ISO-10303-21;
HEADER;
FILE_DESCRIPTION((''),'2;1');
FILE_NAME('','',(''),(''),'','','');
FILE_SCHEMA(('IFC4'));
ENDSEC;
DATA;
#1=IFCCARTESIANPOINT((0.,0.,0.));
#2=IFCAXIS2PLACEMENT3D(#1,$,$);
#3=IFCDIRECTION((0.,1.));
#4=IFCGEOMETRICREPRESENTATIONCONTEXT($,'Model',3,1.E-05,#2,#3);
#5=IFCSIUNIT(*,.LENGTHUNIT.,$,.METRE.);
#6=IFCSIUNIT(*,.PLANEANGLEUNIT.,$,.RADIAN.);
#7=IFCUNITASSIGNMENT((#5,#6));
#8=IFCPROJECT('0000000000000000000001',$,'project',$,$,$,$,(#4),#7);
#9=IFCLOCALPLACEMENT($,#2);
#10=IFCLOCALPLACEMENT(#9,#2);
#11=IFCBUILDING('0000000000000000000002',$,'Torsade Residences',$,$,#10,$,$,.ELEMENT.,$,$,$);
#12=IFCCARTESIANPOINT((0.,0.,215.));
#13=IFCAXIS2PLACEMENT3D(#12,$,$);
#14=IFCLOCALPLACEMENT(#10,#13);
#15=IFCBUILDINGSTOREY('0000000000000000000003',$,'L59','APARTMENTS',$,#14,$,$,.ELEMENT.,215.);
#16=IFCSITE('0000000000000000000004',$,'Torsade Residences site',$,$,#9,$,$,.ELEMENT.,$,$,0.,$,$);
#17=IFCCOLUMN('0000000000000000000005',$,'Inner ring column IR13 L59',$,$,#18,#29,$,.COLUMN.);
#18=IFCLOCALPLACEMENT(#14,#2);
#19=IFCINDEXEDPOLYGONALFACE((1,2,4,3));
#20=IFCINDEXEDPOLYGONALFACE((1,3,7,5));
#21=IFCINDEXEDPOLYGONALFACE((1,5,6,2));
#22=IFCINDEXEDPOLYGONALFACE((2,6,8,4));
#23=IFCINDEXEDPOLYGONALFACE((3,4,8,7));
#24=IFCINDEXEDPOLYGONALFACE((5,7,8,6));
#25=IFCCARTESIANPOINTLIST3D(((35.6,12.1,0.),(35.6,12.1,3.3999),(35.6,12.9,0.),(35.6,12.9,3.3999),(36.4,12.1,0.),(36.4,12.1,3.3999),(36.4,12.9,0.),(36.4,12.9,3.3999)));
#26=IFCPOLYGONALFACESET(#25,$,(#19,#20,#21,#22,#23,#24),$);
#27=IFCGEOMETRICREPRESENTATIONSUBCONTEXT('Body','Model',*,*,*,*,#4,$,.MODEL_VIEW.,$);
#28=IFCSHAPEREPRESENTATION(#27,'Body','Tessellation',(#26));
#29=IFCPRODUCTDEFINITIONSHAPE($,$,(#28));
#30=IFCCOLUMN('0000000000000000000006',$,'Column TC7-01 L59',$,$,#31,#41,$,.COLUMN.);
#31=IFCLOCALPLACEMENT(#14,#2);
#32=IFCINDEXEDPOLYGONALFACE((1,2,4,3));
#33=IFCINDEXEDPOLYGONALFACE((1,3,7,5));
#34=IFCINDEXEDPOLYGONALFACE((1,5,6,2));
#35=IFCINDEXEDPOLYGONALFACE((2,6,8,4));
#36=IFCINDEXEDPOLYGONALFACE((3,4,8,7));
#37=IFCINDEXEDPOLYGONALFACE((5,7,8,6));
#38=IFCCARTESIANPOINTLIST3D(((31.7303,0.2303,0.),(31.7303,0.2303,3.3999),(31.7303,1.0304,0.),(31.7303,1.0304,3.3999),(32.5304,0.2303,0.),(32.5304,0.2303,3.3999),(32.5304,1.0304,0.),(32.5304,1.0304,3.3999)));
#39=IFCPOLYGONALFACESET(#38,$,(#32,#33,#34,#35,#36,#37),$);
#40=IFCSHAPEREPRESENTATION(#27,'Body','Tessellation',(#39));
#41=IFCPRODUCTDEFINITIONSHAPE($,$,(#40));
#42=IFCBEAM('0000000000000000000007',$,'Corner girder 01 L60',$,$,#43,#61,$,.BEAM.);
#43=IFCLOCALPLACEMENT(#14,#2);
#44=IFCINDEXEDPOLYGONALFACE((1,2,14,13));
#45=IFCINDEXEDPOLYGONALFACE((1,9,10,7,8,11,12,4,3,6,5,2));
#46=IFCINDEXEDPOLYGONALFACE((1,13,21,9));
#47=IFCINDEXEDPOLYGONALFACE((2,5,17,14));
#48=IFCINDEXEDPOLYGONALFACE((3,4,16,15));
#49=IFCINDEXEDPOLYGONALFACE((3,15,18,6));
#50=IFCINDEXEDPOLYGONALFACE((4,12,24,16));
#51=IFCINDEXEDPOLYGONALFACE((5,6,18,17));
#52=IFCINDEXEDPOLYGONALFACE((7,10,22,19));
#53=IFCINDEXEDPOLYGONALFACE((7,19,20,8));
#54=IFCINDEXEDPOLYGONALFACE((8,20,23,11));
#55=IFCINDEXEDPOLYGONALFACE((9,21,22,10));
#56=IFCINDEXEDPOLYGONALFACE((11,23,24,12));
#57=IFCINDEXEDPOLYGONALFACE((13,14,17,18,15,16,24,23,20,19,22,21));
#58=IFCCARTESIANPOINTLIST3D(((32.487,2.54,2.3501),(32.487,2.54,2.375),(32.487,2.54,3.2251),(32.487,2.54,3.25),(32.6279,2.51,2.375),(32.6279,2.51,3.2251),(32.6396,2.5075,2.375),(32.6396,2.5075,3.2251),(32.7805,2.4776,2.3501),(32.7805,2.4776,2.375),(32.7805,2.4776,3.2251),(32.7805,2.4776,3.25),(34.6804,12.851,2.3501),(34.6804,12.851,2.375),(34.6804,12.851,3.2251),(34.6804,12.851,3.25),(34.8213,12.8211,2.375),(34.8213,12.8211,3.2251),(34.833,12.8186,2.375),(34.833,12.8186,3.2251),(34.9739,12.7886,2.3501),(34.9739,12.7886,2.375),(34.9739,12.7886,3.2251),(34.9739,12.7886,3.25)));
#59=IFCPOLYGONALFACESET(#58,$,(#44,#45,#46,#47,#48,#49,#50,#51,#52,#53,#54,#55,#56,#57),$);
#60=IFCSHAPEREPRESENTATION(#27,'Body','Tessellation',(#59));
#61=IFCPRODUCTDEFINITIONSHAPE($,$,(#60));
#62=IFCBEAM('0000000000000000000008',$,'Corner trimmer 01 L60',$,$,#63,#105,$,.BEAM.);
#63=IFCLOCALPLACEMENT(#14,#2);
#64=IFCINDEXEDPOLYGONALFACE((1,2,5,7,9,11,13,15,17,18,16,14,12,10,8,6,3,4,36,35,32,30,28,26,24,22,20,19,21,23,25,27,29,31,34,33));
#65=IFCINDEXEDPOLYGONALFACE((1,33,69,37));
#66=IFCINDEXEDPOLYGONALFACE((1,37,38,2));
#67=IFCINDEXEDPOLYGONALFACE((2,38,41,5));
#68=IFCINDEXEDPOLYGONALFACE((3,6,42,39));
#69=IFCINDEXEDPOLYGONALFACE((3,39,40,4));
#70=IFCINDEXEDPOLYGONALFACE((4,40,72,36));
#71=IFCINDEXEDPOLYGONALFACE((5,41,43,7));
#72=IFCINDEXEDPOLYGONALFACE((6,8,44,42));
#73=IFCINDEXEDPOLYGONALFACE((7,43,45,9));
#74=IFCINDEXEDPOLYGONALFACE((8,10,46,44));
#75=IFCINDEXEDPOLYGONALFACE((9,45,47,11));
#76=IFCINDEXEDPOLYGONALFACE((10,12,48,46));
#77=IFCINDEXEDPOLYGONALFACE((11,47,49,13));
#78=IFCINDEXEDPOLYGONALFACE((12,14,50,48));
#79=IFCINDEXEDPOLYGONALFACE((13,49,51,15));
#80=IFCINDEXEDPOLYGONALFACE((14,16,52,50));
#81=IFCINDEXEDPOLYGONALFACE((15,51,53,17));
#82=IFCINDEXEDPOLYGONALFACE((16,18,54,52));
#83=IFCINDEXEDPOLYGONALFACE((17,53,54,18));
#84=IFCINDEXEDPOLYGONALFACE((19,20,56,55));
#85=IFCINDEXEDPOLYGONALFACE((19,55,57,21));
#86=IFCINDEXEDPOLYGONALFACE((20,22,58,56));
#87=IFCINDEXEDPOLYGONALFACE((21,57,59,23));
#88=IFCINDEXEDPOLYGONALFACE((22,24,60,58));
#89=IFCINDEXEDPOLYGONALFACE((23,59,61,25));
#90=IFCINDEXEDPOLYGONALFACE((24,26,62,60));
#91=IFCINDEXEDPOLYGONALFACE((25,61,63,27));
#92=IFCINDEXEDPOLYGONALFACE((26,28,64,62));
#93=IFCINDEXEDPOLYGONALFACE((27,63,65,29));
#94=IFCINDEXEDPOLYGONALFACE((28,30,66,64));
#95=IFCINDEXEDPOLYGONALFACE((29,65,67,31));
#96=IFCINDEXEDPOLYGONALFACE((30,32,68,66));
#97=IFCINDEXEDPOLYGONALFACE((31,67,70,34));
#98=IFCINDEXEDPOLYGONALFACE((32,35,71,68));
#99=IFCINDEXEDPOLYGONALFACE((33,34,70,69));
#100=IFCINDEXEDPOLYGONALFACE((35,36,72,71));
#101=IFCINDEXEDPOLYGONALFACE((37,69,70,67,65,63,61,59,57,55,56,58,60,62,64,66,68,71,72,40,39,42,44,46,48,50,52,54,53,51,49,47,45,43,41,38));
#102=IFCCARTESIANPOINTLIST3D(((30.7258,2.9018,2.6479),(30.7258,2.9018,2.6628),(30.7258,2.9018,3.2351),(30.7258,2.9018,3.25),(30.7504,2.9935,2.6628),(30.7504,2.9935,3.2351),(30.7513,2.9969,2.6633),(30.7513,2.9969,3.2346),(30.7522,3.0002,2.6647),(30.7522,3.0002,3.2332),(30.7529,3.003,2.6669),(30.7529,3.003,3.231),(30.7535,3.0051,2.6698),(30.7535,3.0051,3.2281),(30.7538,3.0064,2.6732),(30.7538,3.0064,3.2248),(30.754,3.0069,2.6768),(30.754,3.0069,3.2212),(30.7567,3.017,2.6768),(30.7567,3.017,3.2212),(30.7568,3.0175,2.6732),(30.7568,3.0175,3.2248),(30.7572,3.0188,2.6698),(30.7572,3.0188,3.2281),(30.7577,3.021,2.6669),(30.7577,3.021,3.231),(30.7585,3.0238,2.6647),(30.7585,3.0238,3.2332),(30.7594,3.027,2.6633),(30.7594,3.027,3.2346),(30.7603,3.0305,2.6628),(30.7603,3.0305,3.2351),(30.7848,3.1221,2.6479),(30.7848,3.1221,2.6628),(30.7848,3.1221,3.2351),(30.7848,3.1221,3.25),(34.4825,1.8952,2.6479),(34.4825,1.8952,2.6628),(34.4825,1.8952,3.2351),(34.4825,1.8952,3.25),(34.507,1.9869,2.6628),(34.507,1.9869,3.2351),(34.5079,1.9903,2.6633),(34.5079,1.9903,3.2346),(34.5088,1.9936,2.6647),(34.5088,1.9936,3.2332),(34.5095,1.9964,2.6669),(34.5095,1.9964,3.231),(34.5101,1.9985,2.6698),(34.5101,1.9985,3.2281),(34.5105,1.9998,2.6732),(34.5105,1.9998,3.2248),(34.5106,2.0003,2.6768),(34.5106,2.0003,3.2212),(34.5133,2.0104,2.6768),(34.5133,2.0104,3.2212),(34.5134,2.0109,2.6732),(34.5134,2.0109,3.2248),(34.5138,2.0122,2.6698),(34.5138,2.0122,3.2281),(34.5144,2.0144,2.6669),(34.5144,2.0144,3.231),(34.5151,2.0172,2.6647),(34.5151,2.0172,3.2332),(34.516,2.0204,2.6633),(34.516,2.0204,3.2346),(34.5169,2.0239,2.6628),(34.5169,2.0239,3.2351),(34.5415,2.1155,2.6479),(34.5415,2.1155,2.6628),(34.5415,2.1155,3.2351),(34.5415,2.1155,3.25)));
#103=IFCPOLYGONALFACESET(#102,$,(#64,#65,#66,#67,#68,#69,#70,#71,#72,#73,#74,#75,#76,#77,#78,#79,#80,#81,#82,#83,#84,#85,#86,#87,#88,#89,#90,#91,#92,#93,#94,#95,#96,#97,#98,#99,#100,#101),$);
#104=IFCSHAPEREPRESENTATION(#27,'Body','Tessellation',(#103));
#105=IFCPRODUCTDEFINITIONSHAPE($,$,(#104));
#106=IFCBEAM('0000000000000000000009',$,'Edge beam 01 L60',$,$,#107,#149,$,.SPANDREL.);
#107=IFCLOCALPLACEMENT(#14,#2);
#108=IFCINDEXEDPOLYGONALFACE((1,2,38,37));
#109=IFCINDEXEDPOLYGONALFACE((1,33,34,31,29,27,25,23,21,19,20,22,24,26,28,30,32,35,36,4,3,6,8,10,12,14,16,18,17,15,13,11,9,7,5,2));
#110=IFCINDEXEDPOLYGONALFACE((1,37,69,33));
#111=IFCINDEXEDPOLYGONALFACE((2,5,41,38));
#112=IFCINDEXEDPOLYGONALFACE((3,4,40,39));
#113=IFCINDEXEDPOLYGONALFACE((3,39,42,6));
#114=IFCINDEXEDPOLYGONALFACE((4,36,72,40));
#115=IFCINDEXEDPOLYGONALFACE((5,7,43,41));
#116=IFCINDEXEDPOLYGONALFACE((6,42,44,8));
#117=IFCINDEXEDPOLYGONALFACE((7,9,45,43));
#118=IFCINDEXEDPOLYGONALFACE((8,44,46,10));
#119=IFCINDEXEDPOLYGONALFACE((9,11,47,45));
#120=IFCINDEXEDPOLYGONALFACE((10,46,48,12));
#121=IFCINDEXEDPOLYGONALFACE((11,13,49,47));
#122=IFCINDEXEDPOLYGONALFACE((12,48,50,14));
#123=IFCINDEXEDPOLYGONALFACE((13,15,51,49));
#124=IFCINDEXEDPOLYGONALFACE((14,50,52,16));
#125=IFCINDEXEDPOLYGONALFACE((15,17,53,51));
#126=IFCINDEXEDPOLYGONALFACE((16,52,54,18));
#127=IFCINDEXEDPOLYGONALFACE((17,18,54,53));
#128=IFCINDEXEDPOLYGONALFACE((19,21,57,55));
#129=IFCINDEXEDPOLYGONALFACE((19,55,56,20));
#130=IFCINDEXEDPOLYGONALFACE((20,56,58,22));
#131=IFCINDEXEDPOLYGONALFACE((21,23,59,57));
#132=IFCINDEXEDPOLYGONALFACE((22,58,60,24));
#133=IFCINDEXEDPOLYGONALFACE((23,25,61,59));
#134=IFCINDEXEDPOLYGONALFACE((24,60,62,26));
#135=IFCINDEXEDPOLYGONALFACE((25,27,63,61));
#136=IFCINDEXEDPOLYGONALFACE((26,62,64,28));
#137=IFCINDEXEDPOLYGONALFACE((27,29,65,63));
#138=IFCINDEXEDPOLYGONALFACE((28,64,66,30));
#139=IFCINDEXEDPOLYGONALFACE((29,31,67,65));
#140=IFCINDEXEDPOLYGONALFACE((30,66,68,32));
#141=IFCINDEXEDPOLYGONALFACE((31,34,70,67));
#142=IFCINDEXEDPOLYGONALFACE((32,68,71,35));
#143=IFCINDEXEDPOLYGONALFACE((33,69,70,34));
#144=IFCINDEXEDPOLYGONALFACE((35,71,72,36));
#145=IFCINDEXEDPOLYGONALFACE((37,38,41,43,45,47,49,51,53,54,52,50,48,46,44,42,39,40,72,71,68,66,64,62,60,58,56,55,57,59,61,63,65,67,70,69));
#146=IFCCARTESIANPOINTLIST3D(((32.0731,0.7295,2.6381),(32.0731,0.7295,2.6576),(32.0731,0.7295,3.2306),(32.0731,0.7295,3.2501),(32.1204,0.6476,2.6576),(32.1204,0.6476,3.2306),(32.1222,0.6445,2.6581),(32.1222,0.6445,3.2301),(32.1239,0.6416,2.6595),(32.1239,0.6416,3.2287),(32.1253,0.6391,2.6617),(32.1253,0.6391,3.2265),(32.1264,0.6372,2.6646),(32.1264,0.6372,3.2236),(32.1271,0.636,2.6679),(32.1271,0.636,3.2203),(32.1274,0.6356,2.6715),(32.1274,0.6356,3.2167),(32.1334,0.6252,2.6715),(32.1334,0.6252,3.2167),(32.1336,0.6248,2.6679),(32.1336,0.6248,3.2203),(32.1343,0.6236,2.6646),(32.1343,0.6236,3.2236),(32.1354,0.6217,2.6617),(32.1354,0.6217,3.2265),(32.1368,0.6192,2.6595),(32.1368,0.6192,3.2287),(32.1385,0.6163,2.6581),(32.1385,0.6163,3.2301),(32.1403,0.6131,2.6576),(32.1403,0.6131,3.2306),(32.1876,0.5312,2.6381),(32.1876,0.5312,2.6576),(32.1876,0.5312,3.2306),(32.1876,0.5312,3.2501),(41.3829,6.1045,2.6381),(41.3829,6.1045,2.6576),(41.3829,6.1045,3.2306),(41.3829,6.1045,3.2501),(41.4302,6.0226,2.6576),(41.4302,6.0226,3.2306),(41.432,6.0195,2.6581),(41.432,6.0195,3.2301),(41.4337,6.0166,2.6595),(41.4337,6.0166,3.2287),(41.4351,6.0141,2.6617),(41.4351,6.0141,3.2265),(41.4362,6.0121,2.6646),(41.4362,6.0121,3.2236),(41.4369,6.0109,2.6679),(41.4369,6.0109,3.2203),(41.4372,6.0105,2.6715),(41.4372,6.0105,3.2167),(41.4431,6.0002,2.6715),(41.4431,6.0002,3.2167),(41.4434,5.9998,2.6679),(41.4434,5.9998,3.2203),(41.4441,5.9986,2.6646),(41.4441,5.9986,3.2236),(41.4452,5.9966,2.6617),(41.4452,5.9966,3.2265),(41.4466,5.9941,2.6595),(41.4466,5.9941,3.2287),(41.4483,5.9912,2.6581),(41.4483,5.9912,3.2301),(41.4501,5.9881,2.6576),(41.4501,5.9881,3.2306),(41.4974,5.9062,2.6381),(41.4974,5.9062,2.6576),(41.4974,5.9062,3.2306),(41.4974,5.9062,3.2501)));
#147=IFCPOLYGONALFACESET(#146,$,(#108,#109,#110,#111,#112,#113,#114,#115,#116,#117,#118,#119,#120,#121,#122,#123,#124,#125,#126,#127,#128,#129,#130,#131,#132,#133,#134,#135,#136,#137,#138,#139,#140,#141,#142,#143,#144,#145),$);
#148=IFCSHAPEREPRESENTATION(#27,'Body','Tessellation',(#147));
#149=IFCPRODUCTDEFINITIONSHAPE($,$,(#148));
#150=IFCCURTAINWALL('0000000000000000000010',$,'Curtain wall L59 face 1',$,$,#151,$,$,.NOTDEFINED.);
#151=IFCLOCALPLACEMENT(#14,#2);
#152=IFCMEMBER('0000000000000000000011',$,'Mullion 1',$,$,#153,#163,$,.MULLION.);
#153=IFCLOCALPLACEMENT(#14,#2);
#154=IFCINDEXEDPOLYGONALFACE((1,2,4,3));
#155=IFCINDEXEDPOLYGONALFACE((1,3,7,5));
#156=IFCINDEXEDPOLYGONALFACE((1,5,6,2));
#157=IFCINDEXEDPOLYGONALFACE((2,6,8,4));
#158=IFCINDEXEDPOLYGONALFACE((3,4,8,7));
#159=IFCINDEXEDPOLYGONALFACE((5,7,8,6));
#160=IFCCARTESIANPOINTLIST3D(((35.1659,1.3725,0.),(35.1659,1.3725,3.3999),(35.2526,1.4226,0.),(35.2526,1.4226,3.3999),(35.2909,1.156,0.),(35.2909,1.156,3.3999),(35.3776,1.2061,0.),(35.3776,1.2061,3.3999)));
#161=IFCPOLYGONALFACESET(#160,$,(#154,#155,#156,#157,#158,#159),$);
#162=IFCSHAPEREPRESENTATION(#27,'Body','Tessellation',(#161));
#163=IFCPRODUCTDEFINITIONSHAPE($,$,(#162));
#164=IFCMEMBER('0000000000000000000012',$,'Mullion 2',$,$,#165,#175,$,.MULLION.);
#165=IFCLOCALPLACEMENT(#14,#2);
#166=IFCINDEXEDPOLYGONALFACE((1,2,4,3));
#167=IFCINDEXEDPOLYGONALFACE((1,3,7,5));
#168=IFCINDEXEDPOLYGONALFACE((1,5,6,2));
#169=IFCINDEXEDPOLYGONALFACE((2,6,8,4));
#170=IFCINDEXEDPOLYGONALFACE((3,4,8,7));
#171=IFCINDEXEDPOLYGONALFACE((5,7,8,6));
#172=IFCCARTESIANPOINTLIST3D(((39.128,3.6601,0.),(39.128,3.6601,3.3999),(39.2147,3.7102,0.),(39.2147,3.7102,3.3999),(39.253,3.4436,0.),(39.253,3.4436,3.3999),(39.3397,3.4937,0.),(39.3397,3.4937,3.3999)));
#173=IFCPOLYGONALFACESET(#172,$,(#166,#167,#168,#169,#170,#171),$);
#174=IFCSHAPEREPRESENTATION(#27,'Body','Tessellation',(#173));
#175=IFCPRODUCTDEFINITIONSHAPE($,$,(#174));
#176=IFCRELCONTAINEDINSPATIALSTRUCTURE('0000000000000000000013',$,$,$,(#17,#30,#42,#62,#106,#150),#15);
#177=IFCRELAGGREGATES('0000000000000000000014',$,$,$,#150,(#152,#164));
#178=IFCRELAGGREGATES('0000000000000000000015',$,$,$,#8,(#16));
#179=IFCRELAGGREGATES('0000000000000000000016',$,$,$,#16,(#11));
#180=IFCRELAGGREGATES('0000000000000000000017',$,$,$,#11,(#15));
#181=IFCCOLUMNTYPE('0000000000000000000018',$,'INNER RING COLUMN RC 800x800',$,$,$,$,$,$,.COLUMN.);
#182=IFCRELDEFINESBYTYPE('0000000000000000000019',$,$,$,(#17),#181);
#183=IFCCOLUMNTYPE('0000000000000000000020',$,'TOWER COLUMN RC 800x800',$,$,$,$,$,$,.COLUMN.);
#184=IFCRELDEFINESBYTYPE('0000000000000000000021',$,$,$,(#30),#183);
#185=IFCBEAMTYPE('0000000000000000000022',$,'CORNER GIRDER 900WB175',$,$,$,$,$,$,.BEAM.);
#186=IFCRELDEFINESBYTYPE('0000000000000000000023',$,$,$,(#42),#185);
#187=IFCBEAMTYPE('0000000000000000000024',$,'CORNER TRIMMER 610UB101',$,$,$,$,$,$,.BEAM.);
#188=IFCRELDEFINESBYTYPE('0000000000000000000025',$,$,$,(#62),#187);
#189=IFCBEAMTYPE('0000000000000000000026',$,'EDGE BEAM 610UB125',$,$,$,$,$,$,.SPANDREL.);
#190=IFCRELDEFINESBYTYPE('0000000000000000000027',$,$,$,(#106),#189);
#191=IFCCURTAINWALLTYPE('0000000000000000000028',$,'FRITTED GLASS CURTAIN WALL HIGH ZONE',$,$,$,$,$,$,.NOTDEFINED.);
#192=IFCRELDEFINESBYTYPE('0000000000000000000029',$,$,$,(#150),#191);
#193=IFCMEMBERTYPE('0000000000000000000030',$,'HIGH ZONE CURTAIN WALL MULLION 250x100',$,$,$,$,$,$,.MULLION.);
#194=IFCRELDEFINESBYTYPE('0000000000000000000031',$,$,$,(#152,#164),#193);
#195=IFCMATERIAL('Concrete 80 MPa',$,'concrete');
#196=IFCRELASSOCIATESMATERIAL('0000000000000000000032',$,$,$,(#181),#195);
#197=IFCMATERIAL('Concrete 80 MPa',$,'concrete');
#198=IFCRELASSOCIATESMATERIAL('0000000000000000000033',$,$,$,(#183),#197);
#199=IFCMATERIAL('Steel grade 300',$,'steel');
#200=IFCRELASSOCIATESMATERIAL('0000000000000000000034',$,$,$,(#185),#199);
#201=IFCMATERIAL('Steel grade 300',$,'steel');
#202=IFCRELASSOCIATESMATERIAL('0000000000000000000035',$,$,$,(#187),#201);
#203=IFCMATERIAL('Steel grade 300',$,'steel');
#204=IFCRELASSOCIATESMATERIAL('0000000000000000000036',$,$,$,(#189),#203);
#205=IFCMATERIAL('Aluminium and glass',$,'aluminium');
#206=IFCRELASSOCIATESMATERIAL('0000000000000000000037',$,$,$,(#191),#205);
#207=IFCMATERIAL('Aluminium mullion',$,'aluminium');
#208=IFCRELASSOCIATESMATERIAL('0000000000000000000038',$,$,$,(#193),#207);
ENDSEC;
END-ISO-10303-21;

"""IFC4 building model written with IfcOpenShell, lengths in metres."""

from ifc_helpers import new_model, si_unit, direction, frame, origin, origin_2d, place, context, subcontext, project, spatial, rectangle, i_section, extrude, material, material_profile, profile_set, type_object, element, aggregate, save


model = new_model("IFC4")

# Units and contexts
model_context = context("Model", 3, precision=1e-05, world=origin(), true_north=direction((0.0, 1.0)))
body_context = subcontext(model_context, "Body", "Model", "MODEL_VIEW")
ifc_project = project(units=[si_unit("LENGTHUNIT", "METRE"), si_unit("PLANEANGLEUNIT", "RADIAN")], contexts=[model_context])

# Site, building, storey
site_placement = place(None, origin())
site = spatial("IfcSite", under=ifc_project, at=site_placement, Name="Torsade Residences site", CompositionType="ELEMENT", RefElevation=0.0)
building_placement = place(site_placement, origin())
building = spatial("IfcBuilding", under=site, at=building_placement, Name="Torsade Residences", CompositionType="ELEMENT")
storey_placement = place(building_placement, frame((0.0, 0.0, 215.0)))
storey = spatial("IfcBuildingStorey", under=building, at=storey_placement, Name="L59", Description="APARTMENTS", CompositionType="ELEMENT", Elevation=215.0)

# Columns
ifc_material_1 = material(Name="Concrete 80 MPa", Category="concrete")
ifc_material_profile_1 = material_profile(ifc_material_1, rectangle(XDim=0.8, YDim=0.8, at=origin_2d()), Name="RC 800x800")
ifc_profile_set_1 = profile_set([ifc_material_profile_1], Name="Concrete 80 MPa")
column_type_1 = type_object("IfcColumnType", Name="INNER RING COLUMN RC 800x800", PredefinedType="COLUMN", material=ifc_profile_set_1)
column_1_placement = place(storey_placement, frame((36.0, 12.5, 0.0), z_axis=(0.0, 0.0, 1.0), x_axis=(1.0, 0.0, 0.0)))
element("IfcColumn", 1, at=column_1_placement, inside=storey, type_object=column_type_1, Name="Inner ring column IR13 L59", PredefinedType="COLUMN", context=body_context, shape_type="SweptSolid", body=[
    extrude(rectangle(XDim=0.8, YDim=0.8, at=origin_2d()), origin(), (0.0, 0.0, 1.0), 3.3999),
])
ifc_material_2 = material(Name="Concrete 80 MPa", Category="concrete")
ifc_material_profile_2 = material_profile(ifc_material_2, rectangle(XDim=0.8, YDim=0.8, at=origin_2d()), Name="RC 800x800")
ifc_profile_set_2 = profile_set([ifc_material_profile_2], Name="Concrete 80 MPa")
column_type_2 = type_object("IfcColumnType", Name="TOWER COLUMN RC 800x800", PredefinedType="COLUMN", material=ifc_profile_set_2)
column_2_placement = place(storey_placement, frame((32.1304, 0.6304, 0.0), z_axis=(0.0, 0.0, 1.0), x_axis=(1.0, 0.0, 0.0)))
element("IfcColumn", 2, at=column_2_placement, inside=storey, type_object=column_type_2, Name="Column TC7-01 L59", PredefinedType="COLUMN", context=body_context, shape_type="SweptSolid", body=[
    extrude(rectangle(XDim=0.8, YDim=0.8, at=origin_2d()), origin(), (0.0, 0.0, 1.0), 3.3999),
])

# Beams
ifc_material_3 = material(Name="Steel grade 300", Category="steel")
ifc_material_profile_3 = material_profile(ifc_material_3, i_section(OverallWidth=0.3, OverallDepth=0.8999, WebThickness=0.012, FlangeThickness=0.0249, at=origin_2d()), Name="900WB175")
ifc_profile_set_3 = profile_set([ifc_material_profile_3], Name="Steel grade 300")
beam_type_1 = type_object("IfcBeamType", Name="CORNER GIRDER 900WB175", PredefinedType="BEAM", material=ifc_profile_set_3)
beam_1_placement = place(storey_placement, frame((32.6338, 2.5088, 2.8), z_axis=(0.208064, 0.978115, 0.0), x_axis=(-0.978115, 0.208064, 0.0)))
element("IfcBeam", 3, at=beam_1_placement, inside=storey, type_object=beam_type_1, Name="Corner girder 01 L60", PredefinedType="BEAM", context=body_context, shape_type="SweptSolid", body=[
    extrude(i_section(OverallWidth=0.3, OverallDepth=0.8999, WebThickness=0.012, FlangeThickness=0.0249, at=origin_2d()), origin(), (0.0, 0.0, 1.0), 10.5417),
])
ifc_material_4 = material(Name="Steel grade 300", Category="steel")
ifc_material_profile_4 = material_profile(ifc_material_4, i_section(OverallWidth=0.228, OverallDepth=0.6021, WebThickness=0.0105, FlangeThickness=0.0149, FilletRadius=0.0139, at=origin_2d()), Name="610UB101")
ifc_profile_set_4 = profile_set([ifc_material_profile_4], Name="Steel grade 300")
beam_type_2 = type_object("IfcBeamType", Name="CORNER TRIMMER 610UB101", PredefinedType="BEAM", material=ifc_profile_set_4)
beam_2_placement = place(storey_placement, frame((34.512, 2.0054, 2.949), z_axis=(-0.965925, 0.258823, 0.0), x_axis=(-0.258823, -0.965925, 0.0)))
element("IfcBeam", 4, at=beam_2_placement, inside=storey, type_object=beam_type_2, Name="Corner trimmer 01 L60", PredefinedType="BEAM", context=body_context, shape_type="SweptSolid", body=[
    extrude(i_section(OverallWidth=0.228, OverallDepth=0.6021, WebThickness=0.0105, FlangeThickness=0.0149, FilletRadius=0.0139, at=origin_2d()), origin(), (0.0, 0.0, 1.0), 3.8892),
])
ifc_material_5 = material(Name="Steel grade 300", Category="steel")
ifc_material_profile_5 = material_profile(ifc_material_5, i_section(OverallWidth=0.229, OverallDepth=0.6121, WebThickness=0.012, FlangeThickness=0.0195, FilletRadius=0.0139, at=origin_2d()), Name="610UB125")
ifc_profile_set_5 = profile_set([ifc_material_profile_5], Name="Steel grade 300")
beam_type_3 = type_object("IfcBeamType", Name="EDGE BEAM 610UB125", PredefinedType="SPANDREL", material=ifc_profile_set_5)
beam_3_placement = place(storey_placement, frame((32.1304, 0.6304, 2.9441), z_axis=(0.866026, 0.499998, 0.0), x_axis=(-0.499998, 0.866026, 0.0)))
element("IfcBeam", 5, at=beam_3_placement, inside=storey, type_object=beam_type_3, Name="Edge beam 01 L60", PredefinedType="SPANDREL", context=body_context, shape_type="SweptSolid", body=[
    extrude(i_section(OverallWidth=0.229, OverallDepth=0.6121, WebThickness=0.012, FlangeThickness=0.0195, FilletRadius=0.0139, at=origin_2d()), origin(), (0.0, 0.0, 1.0), 10.75),
])

# Curtain wall, members
ifc_material_6 = material(Name="Aluminium and glass", Category="aluminium")
curtain_wall_type = type_object("IfcCurtainWallType", Name="FRITTED GLASS CURTAIN WALL HIGH ZONE", PredefinedType="NOTDEFINED", material=ifc_material_6)
curtain_wall_1_placement = place(storey_placement, origin())
curtain_wall_1 = element("IfcCurtainWall", 6, at=curtain_wall_1_placement, inside=storey, type_object=curtain_wall_type, Name="Curtain wall L59 face 1", PredefinedType="NOTDEFINED")
ifc_material_7 = material(Name="Aluminium mullion", Category="aluminium")
ifc_material_profile_6 = material_profile(ifc_material_7, rectangle(XDim=0.25, YDim=0.1001, at=origin_2d()), Name="HIGH ZONE CURTAIN WALL MULLION 250x100")
ifc_profile_set_6 = profile_set([ifc_material_profile_6], Name="Aluminium mullion")
member_type_1 = type_object("IfcMemberType", Name="HIGH ZONE CURTAIN WALL MULLION 250x100", PredefinedType="MULLION", material=ifc_profile_set_6)
member_1_placement = place(storey_placement, frame((35.2717, 1.2893, 0.0), z_axis=(0.0, 0.0, 1.0), x_axis=(-0.5, 0.866025, 0.0)))
member_1 = element("IfcMember", 7, at=member_1_placement, type_object=member_type_1, Name="Mullion 1", PredefinedType="MULLION", context=body_context, shape_type="SweptSolid", body=[
    extrude(rectangle(XDim=0.25, YDim=0.1001, at=origin_2d()), origin(), (0.0, 0.0, 1.0), 3.3999),
])
member_2_placement = place(storey_placement, frame((39.2339, 3.5769, 0.0), z_axis=(0.0, 0.0, 1.0), x_axis=(-0.5, 0.866025, 0.0)))
member_2 = element("IfcMember", 8, at=member_2_placement, type_object=member_type_1, Name="Mullion 2", PredefinedType="MULLION", context=body_context, shape_type="SweptSolid", body=[
    extrude(rectangle(XDim=0.25, YDim=0.1001, at=origin_2d()), origin(), (0.0, 0.0, 1.0), 3.3999),
])

aggregate(curtain_wall_1, [member_1, member_2])

save(model, "model.ifc")
